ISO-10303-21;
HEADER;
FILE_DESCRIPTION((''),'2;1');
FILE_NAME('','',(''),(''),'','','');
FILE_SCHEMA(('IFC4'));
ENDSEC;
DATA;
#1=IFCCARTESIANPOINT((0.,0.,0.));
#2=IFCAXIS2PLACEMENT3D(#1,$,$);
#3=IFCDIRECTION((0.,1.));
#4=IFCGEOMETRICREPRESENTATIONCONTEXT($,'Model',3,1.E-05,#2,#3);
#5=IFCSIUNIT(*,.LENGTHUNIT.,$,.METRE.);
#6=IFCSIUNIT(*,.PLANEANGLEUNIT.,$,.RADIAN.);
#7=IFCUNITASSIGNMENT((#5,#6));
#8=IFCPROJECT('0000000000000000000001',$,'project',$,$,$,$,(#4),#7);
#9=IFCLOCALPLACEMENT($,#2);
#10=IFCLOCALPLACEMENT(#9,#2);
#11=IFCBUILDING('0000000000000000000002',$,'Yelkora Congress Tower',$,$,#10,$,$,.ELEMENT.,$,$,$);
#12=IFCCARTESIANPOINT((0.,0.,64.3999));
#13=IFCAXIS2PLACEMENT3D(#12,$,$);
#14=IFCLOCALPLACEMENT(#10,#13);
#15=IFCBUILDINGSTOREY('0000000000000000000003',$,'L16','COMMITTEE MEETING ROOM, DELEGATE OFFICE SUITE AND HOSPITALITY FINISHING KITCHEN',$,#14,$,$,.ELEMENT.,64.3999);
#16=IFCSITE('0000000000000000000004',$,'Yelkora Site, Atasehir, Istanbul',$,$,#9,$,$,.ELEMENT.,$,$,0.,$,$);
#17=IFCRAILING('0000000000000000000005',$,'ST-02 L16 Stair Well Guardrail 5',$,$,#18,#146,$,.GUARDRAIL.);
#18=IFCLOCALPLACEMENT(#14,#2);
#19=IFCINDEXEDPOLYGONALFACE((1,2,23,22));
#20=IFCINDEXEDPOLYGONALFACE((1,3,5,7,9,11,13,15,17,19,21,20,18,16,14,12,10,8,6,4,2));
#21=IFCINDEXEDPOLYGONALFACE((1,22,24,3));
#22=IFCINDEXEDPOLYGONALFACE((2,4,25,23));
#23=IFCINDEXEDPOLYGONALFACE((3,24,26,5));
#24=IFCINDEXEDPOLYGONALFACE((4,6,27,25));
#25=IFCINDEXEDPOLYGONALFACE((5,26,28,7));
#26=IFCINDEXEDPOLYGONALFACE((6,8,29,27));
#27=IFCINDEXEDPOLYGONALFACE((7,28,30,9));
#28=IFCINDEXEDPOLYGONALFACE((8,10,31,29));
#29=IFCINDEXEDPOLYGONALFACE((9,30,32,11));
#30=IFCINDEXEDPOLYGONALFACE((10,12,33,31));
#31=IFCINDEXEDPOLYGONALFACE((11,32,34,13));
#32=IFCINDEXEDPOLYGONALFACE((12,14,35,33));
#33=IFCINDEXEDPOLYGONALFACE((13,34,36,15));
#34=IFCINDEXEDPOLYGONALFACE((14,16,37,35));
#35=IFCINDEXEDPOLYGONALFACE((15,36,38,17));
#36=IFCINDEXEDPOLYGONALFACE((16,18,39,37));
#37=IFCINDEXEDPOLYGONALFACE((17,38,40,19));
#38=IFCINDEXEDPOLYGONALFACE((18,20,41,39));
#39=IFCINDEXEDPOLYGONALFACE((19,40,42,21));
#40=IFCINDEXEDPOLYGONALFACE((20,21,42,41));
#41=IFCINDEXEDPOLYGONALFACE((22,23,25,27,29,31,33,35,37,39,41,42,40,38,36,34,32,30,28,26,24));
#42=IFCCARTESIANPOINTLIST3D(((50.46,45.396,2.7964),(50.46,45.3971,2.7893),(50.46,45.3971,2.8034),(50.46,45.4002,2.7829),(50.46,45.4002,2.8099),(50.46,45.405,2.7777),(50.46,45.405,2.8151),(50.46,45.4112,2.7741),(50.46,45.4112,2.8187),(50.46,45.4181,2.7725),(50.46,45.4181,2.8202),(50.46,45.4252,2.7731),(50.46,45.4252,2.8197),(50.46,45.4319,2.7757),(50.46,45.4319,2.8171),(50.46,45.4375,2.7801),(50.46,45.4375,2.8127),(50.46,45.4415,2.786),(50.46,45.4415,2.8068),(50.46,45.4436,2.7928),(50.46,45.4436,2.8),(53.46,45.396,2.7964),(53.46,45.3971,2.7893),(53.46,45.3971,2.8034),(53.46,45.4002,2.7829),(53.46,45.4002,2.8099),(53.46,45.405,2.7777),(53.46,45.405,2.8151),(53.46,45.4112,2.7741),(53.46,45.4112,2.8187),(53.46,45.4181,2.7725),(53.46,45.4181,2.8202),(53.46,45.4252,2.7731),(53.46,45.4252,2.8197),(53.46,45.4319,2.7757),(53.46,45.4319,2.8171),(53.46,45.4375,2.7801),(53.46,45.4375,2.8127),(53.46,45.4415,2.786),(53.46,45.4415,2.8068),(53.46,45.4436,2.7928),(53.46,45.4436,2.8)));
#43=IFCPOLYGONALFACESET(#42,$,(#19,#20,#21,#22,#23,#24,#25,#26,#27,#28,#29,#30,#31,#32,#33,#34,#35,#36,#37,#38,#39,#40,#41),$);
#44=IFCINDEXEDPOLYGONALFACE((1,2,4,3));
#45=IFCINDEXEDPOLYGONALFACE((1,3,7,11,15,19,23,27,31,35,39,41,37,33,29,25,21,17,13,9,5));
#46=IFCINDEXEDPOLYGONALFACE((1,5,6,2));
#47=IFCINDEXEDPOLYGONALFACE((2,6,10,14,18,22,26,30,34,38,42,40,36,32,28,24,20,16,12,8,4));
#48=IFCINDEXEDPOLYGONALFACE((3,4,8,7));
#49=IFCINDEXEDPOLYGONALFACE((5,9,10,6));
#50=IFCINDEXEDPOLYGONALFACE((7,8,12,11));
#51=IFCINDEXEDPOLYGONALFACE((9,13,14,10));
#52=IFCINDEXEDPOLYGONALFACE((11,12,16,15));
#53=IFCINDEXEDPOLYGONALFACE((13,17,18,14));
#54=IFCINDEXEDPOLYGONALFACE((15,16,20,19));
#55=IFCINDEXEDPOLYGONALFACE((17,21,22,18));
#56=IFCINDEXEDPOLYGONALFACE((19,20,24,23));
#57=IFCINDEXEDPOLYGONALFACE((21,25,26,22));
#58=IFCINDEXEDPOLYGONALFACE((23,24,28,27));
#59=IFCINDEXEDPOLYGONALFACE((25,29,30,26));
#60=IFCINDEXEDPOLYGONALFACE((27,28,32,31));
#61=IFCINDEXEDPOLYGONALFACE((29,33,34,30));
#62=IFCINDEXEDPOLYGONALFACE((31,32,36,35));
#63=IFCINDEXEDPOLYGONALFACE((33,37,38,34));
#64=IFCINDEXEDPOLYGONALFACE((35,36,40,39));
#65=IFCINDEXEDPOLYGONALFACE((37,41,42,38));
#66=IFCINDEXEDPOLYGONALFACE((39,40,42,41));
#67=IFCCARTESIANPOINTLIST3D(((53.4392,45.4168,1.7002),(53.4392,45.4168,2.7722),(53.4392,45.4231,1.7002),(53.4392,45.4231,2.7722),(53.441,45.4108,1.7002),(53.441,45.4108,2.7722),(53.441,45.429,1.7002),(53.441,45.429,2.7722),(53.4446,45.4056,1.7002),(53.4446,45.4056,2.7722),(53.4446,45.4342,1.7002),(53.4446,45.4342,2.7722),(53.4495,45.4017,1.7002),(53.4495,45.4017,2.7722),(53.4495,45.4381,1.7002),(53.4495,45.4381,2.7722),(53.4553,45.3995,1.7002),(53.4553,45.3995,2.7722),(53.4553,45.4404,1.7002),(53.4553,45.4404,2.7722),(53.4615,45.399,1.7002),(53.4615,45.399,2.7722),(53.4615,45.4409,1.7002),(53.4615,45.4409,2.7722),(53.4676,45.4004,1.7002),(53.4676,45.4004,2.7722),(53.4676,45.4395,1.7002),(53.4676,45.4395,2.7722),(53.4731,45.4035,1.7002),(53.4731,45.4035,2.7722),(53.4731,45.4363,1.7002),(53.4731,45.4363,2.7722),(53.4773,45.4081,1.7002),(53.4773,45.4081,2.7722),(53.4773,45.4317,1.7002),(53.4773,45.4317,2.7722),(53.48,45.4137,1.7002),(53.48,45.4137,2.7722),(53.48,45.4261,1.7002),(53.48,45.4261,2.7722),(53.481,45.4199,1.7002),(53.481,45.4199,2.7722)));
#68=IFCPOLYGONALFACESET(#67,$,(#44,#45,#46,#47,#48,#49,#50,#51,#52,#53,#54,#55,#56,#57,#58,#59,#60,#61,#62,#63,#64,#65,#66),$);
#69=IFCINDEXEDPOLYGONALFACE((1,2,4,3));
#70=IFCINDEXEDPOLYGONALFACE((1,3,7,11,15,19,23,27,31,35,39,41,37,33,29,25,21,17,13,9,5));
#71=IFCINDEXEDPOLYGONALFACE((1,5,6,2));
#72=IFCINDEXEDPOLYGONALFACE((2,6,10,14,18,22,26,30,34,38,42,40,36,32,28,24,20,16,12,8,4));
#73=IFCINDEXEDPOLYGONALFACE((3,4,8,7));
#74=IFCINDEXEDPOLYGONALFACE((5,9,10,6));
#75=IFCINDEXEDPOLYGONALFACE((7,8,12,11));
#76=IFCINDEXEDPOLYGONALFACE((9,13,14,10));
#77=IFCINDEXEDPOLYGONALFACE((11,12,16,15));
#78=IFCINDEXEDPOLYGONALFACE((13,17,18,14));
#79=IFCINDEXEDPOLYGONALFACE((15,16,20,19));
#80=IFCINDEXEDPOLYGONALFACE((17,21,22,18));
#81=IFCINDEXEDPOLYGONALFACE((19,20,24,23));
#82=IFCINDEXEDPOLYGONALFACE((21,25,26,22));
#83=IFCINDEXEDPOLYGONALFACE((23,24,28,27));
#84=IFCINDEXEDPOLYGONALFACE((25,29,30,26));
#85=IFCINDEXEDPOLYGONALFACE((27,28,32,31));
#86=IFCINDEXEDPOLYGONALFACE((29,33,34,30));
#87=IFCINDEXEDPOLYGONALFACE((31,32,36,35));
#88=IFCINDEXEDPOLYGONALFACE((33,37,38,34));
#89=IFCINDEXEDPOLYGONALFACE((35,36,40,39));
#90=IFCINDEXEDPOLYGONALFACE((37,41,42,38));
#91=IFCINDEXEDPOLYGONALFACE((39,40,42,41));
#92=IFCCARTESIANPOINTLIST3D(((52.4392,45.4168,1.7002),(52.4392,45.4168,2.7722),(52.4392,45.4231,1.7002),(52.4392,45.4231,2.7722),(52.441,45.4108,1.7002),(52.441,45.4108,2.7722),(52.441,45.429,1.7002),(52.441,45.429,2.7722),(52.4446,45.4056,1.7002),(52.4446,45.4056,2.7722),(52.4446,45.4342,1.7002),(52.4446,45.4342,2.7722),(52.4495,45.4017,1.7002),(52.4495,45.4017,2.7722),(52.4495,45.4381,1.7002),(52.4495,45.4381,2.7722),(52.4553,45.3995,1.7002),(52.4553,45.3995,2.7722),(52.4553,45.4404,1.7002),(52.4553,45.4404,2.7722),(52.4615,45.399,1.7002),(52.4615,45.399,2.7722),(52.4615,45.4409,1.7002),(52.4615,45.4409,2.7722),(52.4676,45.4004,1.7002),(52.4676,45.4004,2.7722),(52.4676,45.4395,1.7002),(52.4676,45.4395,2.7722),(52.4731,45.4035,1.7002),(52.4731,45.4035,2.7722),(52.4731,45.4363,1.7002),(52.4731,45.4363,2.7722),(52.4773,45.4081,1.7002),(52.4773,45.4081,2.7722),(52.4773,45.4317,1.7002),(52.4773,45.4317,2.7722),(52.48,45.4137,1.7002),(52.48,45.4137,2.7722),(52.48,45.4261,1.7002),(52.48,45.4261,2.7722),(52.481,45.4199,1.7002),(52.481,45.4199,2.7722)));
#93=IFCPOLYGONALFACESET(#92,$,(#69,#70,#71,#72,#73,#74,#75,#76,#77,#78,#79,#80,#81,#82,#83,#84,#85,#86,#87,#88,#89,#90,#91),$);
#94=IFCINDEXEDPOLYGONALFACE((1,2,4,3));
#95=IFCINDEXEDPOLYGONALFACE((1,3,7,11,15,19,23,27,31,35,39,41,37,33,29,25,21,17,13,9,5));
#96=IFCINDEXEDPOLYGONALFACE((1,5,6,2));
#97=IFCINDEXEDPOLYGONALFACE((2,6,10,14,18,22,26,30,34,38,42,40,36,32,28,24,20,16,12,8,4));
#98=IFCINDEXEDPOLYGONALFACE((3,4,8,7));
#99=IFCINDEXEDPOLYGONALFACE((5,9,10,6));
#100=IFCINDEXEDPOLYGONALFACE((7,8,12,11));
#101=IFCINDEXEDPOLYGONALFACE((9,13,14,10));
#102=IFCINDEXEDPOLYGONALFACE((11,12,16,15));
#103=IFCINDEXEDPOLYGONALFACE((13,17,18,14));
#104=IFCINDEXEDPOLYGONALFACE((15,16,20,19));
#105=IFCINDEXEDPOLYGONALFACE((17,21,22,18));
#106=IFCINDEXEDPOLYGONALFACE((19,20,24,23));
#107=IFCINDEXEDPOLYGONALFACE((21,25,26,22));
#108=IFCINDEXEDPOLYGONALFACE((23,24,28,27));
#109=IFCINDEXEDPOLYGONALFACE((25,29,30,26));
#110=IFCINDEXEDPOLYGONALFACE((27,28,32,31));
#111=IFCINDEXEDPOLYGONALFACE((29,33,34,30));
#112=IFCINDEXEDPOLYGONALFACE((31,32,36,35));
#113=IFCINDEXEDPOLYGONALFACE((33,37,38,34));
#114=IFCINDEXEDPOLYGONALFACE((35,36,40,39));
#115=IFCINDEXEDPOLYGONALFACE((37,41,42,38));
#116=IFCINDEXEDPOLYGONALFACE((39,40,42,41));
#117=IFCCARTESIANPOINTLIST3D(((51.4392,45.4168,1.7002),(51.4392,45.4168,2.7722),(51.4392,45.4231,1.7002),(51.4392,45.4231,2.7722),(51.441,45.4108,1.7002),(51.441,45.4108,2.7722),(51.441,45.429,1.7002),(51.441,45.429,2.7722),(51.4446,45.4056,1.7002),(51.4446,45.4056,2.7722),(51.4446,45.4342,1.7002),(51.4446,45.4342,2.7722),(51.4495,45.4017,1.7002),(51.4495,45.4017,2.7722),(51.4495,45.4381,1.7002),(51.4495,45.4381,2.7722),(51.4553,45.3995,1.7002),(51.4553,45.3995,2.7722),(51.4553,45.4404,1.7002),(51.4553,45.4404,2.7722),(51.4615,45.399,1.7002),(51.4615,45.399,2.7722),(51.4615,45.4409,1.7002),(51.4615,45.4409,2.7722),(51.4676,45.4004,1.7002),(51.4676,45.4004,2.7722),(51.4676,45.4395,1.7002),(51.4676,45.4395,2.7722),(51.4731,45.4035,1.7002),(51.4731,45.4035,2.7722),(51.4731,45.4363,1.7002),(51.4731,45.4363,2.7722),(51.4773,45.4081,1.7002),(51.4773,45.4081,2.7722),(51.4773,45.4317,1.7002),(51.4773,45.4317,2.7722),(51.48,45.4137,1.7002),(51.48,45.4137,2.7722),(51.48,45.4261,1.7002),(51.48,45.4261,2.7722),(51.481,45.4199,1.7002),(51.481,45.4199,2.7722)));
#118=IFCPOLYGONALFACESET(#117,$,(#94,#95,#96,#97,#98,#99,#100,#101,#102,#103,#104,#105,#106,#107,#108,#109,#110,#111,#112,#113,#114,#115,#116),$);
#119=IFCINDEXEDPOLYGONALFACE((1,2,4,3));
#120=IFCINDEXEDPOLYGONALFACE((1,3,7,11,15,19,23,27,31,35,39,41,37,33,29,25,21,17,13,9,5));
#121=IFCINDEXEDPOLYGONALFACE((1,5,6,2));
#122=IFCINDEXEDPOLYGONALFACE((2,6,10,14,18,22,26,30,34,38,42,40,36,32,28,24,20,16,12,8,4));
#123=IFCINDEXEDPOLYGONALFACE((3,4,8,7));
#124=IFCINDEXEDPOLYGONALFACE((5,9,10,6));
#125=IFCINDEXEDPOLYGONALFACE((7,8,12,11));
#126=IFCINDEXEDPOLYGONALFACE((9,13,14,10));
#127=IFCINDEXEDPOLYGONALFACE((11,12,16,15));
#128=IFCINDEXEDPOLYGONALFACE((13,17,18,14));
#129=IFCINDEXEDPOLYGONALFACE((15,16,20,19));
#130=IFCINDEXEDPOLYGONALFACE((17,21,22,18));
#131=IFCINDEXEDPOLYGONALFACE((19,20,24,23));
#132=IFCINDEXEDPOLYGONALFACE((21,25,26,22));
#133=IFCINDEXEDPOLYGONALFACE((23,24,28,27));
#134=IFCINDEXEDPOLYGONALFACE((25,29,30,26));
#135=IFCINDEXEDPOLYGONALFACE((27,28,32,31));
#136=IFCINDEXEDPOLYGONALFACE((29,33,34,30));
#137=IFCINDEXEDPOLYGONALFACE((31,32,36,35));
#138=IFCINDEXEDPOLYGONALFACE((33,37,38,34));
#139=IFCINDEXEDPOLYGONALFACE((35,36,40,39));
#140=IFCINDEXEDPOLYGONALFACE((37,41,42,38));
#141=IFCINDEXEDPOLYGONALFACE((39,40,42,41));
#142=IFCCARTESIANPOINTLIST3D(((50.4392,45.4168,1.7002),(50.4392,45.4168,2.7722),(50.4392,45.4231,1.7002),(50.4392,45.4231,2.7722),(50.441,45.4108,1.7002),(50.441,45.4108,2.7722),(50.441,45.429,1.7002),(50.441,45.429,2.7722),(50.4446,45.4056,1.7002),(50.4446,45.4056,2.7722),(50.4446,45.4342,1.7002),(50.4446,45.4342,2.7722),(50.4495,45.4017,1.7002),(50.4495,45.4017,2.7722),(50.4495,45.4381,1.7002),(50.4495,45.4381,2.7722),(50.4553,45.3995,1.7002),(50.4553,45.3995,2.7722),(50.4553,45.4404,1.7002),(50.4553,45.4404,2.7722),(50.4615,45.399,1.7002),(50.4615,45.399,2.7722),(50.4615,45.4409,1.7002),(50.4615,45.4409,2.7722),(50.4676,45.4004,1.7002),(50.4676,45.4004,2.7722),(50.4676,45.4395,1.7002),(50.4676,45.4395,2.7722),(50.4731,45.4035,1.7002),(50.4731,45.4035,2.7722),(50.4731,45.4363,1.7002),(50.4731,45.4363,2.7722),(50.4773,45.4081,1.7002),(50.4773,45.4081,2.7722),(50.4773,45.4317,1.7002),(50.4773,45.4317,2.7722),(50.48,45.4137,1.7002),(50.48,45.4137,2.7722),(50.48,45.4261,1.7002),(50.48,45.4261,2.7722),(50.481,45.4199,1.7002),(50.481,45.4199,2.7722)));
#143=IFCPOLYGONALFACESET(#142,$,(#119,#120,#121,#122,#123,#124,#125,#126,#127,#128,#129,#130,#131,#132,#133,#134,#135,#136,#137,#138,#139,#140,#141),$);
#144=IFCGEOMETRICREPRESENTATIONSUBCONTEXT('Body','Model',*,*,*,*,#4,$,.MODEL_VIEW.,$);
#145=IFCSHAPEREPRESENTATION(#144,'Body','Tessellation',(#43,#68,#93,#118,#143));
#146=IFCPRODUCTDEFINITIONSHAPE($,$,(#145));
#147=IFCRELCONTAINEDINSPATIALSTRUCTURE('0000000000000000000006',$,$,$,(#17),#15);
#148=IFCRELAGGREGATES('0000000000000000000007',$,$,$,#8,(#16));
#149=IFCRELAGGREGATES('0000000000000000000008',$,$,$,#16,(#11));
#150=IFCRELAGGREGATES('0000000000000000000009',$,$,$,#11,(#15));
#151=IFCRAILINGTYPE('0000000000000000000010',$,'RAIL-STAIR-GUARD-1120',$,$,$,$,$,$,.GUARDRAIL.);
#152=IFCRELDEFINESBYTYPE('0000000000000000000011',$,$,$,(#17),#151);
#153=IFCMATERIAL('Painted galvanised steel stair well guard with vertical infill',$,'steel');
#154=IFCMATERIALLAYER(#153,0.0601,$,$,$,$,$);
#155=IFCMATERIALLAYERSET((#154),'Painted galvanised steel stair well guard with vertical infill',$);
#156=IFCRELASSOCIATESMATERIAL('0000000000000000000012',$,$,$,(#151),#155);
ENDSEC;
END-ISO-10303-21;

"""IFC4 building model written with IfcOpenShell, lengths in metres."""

from ifc_helpers import new_model, si_unit, direction, frame, origin, origin_2d, place, context, subcontext, project, spatial, circle, extrude, material, layer, layer_set, type_object, element, save


model = new_model("IFC4")

# Units and contexts
model_context = context("Model", 3, precision=1e-05, world=origin(), true_north=direction((0.0, 1.0)))
body_context = subcontext(model_context, "Body", "Model", "MODEL_VIEW")
ifc_project = project(units=[si_unit("LENGTHUNIT", "METRE"), si_unit("PLANEANGLEUNIT", "RADIAN")], contexts=[model_context])

# Site, building, storey
site_placement = place(None, origin())
site = spatial("IfcSite", under=ifc_project, at=site_placement, Name="Yelkora Site, Atasehir, Istanbul", CompositionType="ELEMENT", RefElevation=0.0)
building_placement = place(site_placement, origin())
building = spatial("IfcBuilding", under=site, at=building_placement, Name="Yelkora Congress Tower", CompositionType="ELEMENT")
storey_placement = place(building_placement, frame((0.0, 0.0, 64.3999)))
storey = spatial("IfcBuildingStorey", under=building, at=storey_placement, Name="L16", Description="COMMITTEE MEETING ROOM, DELEGATE OFFICE SUITE AND HOSPITALITY FINISHING KITCHEN", CompositionType="ELEMENT", Elevation=64.3999)

# Railing
ifc_material_1 = material(Name="Painted galvanised steel stair well guard with vertical infill", Category="steel")
ifc_layer_1 = layer(ifc_material_1, 0.0601)
ifc_layer_set_1 = layer_set([ifc_layer_1], Name="Painted galvanised steel stair well guard with vertical infill")
railing_type_1 = type_object("IfcRailingType", Name="RAIL-STAIR-GUARD-1120", PredefinedType="GUARDRAIL", material=ifc_layer_set_1)
railing_1_placement = place(storey_placement, frame((53.46, 45.4199, 1.7002)))
element("IfcRailing", 1, at=railing_1_placement, inside=storey, type_object=railing_type_1, Name="ST-02 L16 Stair Well Guardrail 5", PredefinedType="GUARDRAIL", context=body_context, shape_type="SweptSolid", body=[
    extrude(circle(Radius=0.0239, at=origin_2d()), frame((0.0, 0.0, 1.0962), z_axis=(-1.0, 0.0, 0.0), x_axis=(0.0, -1.0, 0.0)), (0.0, 0.0, 1.0), 3.0),
    extrude(circle(Radius=0.021, at=origin_2d()), origin(), (0.0, 0.0, 1.0), 1.072),
    extrude(circle(Radius=0.021, at=origin_2d()), frame((-1.0, 0.0, 0.0)), (0.0, 0.0, 1.0), 1.072),
    extrude(circle(Radius=0.021, at=origin_2d()), frame((-2.0, 0.0, 0.0)), (0.0, 0.0, 1.0), 1.072),
    extrude(circle(Radius=0.021, at=origin_2d()), frame((-3.0, 0.0, 0.0)), (0.0, 0.0, 1.0), 1.072),
])

save(model, "model.ifc")
